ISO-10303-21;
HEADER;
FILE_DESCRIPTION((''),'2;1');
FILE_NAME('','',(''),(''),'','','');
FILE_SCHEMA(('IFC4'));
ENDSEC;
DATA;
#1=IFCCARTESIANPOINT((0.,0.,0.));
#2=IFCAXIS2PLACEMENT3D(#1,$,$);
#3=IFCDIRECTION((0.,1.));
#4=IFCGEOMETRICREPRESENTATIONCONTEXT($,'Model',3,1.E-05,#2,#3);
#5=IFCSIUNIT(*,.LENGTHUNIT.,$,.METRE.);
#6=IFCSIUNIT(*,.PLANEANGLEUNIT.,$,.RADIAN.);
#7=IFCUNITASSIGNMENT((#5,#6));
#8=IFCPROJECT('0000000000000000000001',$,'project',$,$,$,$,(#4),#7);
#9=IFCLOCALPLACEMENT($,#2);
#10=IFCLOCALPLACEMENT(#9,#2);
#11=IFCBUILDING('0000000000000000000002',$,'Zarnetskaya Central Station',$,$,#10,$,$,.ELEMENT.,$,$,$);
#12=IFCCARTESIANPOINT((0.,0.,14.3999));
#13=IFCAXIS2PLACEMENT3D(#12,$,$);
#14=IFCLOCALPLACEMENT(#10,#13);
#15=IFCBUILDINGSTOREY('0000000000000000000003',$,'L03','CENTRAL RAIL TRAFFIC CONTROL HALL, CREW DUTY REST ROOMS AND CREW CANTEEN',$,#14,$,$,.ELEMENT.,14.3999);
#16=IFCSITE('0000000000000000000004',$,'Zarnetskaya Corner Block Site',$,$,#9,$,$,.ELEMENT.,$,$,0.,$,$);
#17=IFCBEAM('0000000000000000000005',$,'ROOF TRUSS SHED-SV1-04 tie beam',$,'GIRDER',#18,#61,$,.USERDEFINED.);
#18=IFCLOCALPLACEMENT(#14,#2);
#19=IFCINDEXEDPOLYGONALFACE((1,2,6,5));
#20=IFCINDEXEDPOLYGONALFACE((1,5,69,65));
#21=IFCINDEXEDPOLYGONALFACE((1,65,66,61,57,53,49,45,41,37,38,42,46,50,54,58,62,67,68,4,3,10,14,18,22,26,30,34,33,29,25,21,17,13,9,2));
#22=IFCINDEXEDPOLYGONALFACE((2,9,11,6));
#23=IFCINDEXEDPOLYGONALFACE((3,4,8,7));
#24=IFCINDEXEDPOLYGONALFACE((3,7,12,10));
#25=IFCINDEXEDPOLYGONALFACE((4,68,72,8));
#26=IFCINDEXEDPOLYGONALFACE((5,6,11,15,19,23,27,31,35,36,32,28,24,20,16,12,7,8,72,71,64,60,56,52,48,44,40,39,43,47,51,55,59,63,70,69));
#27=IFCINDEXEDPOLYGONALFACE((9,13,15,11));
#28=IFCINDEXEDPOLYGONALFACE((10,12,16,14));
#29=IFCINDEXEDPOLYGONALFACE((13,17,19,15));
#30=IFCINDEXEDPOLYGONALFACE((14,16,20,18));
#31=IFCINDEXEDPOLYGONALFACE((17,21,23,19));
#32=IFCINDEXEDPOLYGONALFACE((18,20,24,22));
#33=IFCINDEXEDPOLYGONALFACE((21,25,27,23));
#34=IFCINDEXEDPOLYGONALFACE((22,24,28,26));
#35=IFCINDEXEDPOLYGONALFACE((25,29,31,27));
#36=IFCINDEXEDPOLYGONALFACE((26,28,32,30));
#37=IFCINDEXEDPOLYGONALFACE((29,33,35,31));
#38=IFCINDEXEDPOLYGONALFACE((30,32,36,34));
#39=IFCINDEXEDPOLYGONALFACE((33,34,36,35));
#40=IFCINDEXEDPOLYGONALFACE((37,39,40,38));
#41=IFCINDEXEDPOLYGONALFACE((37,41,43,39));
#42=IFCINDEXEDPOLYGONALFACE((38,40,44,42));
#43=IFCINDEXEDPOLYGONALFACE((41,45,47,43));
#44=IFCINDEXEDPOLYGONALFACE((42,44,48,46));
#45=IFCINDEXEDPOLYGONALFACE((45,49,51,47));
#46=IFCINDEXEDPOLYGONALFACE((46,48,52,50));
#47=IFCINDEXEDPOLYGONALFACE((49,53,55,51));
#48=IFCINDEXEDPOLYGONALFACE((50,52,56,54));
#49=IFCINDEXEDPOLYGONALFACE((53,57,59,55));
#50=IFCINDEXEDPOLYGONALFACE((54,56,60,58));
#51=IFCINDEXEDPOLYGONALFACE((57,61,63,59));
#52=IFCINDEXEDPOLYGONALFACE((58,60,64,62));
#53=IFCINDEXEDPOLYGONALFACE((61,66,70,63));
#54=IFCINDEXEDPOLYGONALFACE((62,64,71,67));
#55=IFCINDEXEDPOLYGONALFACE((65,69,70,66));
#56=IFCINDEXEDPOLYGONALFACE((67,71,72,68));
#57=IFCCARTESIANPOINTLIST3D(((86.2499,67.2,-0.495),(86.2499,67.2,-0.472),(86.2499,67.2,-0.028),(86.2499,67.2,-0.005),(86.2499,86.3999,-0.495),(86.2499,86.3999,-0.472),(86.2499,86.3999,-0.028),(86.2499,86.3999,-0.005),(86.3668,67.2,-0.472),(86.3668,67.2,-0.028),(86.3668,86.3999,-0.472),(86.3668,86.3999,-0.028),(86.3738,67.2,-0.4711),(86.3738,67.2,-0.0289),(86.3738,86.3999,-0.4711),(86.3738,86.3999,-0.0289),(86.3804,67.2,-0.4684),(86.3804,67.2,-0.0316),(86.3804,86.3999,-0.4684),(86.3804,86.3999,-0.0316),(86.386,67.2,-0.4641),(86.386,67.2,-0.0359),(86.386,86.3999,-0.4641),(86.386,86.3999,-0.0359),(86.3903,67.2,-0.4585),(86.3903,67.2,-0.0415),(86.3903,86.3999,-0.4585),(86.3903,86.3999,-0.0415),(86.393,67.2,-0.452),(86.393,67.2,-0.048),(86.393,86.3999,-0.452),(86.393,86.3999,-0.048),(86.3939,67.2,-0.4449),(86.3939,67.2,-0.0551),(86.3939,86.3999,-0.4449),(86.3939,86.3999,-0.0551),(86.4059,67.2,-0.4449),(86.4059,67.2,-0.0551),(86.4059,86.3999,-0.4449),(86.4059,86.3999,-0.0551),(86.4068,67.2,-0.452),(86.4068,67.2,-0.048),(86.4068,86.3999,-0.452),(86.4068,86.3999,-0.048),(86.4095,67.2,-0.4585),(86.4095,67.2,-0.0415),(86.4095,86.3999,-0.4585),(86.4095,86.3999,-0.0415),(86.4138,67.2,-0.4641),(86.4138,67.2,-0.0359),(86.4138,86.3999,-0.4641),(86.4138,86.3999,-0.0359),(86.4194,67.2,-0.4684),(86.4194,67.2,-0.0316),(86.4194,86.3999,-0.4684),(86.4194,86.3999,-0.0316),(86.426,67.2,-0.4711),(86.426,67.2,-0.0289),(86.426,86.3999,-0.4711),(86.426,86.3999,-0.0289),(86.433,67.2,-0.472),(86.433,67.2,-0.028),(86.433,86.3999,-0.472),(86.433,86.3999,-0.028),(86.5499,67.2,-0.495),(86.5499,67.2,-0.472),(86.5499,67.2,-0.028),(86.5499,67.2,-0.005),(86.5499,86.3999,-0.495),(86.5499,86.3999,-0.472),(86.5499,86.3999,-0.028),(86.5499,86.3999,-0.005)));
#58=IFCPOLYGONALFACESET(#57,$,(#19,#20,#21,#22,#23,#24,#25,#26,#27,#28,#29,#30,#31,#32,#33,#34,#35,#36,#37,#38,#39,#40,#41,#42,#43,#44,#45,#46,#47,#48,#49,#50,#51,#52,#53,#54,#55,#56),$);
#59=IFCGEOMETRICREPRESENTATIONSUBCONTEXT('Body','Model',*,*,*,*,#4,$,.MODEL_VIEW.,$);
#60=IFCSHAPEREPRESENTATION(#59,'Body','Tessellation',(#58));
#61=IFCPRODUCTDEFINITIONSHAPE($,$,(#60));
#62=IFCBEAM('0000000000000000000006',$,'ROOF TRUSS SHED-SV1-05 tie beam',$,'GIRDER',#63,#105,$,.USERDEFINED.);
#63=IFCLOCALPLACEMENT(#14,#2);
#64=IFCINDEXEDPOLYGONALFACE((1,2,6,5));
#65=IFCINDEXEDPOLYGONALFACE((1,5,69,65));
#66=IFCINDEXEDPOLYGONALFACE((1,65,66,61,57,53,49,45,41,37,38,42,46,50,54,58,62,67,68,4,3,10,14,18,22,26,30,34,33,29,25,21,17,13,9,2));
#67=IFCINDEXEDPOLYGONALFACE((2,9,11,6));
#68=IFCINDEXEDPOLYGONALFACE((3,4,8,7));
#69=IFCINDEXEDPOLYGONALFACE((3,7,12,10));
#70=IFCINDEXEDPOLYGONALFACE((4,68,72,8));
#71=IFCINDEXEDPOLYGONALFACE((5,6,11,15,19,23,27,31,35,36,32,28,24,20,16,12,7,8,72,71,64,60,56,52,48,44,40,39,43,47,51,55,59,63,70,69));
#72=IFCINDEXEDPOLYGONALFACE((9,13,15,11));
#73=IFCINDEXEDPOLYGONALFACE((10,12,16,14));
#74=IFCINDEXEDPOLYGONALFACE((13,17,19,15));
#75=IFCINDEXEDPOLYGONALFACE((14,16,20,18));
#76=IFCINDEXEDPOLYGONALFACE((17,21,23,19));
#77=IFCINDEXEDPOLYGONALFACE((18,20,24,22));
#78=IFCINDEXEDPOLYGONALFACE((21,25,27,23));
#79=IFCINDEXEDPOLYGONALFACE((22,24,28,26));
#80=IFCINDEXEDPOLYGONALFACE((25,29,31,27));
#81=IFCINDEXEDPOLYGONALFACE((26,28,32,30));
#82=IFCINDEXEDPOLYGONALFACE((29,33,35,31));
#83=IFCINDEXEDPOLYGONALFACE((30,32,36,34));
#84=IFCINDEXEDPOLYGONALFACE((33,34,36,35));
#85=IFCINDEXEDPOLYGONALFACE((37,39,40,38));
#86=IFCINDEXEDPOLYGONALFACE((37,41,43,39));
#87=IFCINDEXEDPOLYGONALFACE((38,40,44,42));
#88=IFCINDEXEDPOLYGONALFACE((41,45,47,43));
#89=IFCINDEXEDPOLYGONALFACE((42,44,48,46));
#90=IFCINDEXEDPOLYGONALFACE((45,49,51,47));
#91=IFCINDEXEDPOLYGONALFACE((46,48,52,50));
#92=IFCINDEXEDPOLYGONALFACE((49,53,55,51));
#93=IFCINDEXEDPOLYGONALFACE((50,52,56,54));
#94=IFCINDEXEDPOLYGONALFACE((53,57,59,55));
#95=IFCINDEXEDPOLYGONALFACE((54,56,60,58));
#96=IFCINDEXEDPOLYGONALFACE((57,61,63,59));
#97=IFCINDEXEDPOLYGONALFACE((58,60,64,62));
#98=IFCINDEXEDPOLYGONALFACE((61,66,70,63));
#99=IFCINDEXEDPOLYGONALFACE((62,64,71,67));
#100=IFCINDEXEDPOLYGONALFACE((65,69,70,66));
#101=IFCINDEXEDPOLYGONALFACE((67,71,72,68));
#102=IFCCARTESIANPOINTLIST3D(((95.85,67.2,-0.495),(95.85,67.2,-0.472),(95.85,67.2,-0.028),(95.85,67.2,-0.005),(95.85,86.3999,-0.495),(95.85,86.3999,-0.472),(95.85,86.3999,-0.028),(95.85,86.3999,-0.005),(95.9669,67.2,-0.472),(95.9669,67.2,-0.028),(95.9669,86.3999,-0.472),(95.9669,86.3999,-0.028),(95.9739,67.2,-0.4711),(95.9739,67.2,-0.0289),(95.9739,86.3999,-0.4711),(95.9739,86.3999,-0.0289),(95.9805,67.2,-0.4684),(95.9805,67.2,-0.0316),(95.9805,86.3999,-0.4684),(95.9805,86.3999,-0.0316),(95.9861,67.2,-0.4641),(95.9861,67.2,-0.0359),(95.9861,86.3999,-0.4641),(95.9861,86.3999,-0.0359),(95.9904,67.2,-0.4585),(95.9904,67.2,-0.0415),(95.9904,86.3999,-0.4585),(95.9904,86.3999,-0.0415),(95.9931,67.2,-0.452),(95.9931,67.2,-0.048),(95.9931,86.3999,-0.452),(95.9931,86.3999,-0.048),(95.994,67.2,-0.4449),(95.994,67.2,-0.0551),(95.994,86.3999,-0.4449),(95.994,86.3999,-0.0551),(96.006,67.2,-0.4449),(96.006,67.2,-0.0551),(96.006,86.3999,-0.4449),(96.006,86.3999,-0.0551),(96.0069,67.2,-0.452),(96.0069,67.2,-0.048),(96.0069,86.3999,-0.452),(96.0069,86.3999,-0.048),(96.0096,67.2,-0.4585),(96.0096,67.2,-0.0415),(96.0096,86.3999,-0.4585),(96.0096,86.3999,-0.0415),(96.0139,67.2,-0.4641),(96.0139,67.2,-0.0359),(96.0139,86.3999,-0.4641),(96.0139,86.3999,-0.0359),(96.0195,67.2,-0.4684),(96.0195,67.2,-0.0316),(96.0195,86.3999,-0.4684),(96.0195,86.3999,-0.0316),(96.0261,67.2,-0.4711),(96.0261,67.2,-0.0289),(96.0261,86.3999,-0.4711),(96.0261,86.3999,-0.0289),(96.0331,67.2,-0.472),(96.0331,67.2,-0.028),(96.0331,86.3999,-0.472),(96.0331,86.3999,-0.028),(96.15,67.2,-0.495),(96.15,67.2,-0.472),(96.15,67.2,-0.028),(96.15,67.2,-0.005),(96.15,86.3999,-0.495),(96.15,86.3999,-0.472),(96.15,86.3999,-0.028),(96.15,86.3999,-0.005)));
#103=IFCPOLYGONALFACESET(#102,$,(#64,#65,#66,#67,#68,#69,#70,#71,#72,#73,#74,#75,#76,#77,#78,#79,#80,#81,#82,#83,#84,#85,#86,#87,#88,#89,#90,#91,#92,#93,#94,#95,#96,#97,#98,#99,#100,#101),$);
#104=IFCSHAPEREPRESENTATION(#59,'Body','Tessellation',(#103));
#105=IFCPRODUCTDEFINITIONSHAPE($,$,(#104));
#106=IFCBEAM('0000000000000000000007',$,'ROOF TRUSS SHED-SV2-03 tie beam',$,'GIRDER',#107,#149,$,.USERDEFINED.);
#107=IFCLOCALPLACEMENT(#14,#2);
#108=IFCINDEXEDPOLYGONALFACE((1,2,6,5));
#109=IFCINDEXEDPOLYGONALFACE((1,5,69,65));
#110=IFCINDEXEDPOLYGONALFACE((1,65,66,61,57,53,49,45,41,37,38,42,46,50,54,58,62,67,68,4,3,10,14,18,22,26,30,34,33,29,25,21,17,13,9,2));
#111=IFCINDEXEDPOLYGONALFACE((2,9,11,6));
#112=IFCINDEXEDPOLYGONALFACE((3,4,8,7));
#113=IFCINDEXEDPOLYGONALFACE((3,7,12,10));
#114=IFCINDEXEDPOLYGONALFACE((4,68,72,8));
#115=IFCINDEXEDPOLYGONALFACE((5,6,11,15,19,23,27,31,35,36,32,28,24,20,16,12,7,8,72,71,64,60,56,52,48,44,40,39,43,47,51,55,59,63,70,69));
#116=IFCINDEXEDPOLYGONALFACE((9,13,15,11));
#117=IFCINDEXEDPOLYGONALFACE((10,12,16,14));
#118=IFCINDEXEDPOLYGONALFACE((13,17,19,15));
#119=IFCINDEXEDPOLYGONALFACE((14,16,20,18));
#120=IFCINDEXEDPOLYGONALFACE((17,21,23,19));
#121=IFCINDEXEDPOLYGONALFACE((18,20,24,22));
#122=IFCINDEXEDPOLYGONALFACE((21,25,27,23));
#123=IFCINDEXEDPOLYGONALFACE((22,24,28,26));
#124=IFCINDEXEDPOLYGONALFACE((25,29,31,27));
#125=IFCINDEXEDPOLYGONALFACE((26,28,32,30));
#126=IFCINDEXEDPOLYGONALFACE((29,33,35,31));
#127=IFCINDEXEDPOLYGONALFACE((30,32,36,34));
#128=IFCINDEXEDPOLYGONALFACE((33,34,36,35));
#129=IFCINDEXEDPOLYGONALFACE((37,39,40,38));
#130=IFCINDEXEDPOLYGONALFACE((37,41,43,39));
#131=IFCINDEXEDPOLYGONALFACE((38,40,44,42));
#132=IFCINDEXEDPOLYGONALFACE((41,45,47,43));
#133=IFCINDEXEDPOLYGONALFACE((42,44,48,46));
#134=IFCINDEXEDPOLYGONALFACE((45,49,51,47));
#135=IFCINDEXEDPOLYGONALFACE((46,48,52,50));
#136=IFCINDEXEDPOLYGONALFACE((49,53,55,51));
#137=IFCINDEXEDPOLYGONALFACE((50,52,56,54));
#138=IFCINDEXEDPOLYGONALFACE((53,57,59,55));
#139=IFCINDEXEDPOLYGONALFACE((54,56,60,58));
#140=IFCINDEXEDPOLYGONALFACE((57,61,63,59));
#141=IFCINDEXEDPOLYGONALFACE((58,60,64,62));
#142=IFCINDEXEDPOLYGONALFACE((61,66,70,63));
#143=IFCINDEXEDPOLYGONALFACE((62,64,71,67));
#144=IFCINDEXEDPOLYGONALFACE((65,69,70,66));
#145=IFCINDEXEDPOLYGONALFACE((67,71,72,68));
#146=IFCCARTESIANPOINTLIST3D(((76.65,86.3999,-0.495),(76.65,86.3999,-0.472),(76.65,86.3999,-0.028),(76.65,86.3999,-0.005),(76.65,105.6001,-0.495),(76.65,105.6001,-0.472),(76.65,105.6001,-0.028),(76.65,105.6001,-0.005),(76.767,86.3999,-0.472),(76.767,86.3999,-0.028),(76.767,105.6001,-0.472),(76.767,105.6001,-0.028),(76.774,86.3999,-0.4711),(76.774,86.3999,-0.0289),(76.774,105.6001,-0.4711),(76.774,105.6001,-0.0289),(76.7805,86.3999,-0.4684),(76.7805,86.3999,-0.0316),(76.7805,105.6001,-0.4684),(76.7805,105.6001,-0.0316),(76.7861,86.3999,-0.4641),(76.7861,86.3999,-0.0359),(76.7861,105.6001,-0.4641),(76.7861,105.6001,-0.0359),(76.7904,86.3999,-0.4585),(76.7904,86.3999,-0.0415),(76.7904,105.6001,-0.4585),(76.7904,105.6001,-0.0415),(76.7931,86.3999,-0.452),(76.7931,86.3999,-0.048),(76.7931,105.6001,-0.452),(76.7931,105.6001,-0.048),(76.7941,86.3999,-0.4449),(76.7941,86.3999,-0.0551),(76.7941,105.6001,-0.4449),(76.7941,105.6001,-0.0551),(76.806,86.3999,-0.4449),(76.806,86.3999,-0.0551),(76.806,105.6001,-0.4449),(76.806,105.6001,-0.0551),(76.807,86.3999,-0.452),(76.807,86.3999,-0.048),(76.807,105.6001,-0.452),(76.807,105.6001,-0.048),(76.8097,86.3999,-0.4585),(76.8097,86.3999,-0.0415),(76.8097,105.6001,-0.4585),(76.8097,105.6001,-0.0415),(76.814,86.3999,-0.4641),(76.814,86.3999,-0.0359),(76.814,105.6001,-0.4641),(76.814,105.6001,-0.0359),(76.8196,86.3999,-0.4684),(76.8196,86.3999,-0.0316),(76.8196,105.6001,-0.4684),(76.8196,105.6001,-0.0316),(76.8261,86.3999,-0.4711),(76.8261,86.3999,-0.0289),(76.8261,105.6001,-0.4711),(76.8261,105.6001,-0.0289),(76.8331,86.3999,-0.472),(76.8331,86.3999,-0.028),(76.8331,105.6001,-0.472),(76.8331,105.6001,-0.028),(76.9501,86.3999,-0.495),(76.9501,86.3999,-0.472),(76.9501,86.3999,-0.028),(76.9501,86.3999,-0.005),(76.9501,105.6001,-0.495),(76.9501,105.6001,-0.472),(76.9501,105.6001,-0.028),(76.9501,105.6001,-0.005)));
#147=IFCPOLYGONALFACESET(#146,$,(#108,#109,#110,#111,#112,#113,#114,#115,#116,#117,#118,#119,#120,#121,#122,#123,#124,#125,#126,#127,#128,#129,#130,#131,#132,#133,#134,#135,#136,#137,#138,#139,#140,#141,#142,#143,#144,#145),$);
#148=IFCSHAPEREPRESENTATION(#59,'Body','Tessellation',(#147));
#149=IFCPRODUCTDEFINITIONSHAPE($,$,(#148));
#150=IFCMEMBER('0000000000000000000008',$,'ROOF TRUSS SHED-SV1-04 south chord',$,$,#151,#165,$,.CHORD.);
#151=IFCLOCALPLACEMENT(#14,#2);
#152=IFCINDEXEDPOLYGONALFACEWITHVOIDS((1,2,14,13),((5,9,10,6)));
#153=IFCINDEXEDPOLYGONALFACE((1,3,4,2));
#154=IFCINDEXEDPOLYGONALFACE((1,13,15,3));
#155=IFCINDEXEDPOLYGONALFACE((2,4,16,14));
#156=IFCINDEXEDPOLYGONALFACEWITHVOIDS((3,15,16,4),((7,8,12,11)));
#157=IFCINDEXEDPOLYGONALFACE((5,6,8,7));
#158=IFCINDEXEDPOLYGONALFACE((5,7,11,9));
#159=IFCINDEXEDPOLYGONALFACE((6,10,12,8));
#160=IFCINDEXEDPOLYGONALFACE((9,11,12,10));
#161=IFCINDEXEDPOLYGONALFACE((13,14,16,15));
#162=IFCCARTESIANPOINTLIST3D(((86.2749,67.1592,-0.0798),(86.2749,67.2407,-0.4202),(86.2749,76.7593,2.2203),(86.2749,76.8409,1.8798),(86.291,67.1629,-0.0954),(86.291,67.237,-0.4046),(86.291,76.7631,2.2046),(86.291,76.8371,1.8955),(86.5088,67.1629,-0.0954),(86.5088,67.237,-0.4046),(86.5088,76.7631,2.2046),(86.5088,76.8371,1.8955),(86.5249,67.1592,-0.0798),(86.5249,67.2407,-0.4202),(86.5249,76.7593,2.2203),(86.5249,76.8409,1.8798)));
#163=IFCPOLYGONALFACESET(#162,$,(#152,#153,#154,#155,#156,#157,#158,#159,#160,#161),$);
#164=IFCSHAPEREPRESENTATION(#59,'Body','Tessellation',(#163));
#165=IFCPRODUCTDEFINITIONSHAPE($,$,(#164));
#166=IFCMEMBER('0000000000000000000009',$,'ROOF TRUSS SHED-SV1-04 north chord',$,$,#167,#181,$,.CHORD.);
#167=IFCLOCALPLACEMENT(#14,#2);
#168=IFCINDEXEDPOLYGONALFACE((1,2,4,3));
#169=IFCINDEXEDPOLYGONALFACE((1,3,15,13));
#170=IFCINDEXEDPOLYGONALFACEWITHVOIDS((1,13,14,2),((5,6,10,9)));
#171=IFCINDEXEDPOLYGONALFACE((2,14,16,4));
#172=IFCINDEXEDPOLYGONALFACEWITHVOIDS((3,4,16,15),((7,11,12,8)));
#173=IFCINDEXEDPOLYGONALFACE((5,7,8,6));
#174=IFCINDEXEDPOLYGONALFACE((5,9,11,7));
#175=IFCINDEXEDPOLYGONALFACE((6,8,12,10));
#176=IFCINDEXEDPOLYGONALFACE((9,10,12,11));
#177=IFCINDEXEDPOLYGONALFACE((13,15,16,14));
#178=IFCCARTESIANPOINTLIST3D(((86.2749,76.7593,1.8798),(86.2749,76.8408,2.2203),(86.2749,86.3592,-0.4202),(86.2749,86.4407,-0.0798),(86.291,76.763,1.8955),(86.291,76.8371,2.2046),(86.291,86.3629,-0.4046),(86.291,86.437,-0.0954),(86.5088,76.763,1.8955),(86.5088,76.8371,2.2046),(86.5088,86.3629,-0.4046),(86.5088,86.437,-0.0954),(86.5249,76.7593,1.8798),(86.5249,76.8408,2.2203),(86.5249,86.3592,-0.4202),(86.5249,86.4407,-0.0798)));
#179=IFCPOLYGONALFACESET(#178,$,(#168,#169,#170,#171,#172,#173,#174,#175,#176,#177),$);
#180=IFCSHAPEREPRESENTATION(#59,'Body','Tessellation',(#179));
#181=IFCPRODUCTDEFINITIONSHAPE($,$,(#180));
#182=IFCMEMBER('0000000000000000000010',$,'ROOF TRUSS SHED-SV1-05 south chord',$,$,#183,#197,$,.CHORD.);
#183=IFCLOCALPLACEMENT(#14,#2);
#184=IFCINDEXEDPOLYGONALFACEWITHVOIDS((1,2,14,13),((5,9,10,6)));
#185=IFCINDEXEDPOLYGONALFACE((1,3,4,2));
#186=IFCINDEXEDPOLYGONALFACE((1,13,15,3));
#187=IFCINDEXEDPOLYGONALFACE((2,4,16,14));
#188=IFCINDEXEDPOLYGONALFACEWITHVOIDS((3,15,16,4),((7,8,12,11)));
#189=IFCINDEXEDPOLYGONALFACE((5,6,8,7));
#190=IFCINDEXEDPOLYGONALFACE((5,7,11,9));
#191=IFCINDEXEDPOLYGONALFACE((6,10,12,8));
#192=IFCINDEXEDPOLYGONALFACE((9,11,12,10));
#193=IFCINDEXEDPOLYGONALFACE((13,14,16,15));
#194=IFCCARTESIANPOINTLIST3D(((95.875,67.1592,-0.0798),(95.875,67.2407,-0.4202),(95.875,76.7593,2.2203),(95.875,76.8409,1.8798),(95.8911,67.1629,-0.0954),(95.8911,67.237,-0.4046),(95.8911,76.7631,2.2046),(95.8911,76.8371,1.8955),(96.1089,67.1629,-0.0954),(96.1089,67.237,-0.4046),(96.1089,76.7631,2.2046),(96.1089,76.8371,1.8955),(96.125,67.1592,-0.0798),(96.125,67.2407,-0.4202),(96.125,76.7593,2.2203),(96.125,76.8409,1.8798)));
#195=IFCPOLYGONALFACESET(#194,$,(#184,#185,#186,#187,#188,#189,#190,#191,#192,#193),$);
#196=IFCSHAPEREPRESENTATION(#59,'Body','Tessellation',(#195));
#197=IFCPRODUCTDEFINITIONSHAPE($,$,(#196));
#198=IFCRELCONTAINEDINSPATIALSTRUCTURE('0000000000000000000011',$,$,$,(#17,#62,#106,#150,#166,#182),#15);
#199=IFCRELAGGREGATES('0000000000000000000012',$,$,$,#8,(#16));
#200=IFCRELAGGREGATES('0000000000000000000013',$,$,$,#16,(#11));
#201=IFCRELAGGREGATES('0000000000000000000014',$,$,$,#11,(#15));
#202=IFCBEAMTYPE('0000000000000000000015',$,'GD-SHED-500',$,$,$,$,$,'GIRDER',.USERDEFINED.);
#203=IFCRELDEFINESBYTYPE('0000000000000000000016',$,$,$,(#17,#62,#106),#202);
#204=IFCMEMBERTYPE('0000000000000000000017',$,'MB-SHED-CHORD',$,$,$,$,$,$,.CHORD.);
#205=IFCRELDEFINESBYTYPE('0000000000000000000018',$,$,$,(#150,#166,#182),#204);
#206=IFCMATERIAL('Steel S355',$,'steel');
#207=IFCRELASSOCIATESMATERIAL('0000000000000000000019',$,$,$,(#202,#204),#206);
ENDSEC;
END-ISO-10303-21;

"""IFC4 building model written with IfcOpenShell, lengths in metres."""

from ifc_helpers import new_model, si_unit, direction, frame, origin, origin_2d, place, context, subcontext, project, spatial, hollow_rectangle, i_section, extrude, material, material_profile, profile_set, type_object, element, save


model = new_model("IFC4")

# Units and contexts
model_context = context("Model", 3, precision=1e-05, world=origin(), true_north=direction((0.0, 1.0)))
body_context = subcontext(model_context, "Body", "Model", "MODEL_VIEW")
ifc_project = project(units=[si_unit("LENGTHUNIT", "METRE"), si_unit("PLANEANGLEUNIT", "RADIAN")], contexts=[model_context])

# Site, building, storey
site_placement = place(None, origin())
site = spatial("IfcSite", under=ifc_project, at=site_placement, Name="Zarnetskaya Corner Block Site", CompositionType="ELEMENT", RefElevation=0.0)
building_placement = place(site_placement, origin())
building = spatial("IfcBuilding", under=site, at=building_placement, Name="Zarnetskaya Central Station", CompositionType="ELEMENT")
storey_placement = place(building_placement, frame((0.0, 0.0, 14.3999)))
storey = spatial("IfcBuildingStorey", under=building, at=storey_placement, Name="L03", Description="CENTRAL RAIL TRAFFIC CONTROL HALL, CREW DUTY REST ROOMS AND CREW CANTEEN", CompositionType="ELEMENT", Elevation=14.3999)

# Beams
ifc_material_1 = material(Name="Steel S355", Category="steel")
ifc_material_profile_1 = material_profile(ifc_material_1, i_section(OverallWidth=0.3, OverallDepth=0.49, WebThickness=0.012, FlangeThickness=0.0229, FilletRadius=0.0271, at=origin_2d()), Name="HEA 500")
ifc_profile_set_1 = profile_set([ifc_material_profile_1], Name="Steel S355")
beam_type = type_object("IfcBeamType", Name="GD-SHED-500", ElementType="GIRDER", PredefinedType="USERDEFINED", material=ifc_profile_set_1)
for number, where, z_axis, x_axis, name in (
    (1, (86.3999, 67.2, -0.25), (0.0, 1.0, 0.0), (-1.0, 0.0, 0.0), "ROOF TRUSS SHED-SV1-04 tie beam"),
    (2, (96.0, 67.2, -0.25), (0.0, 1.0, 0.0), (-1.0, 0.0, 0.0), "ROOF TRUSS SHED-SV1-05 tie beam"),
):
    element("IfcBeam", number, at=place(storey_placement, frame(where, z_axis=z_axis, x_axis=x_axis)), inside=storey, type_object=beam_type, Name=name, ObjectType="GIRDER", PredefinedType="USERDEFINED", context=body_context, shape_type="SweptSolid", body=[
        extrude(i_section(OverallWidth=0.3, OverallDepth=0.49, WebThickness=0.012, FlangeThickness=0.0229, FilletRadius=0.0271, at=origin_2d()), origin(), (0.0, 0.0, 1.0), 19.2),
    ])
beam_placement = place(storey_placement, frame((76.8, 86.3999, -0.25), z_axis=(0.0, 1.0, 0.0), x_axis=(-1.0, 0.0, 0.0)))
element("IfcBeam", 3, at=beam_placement, inside=storey, type_object=beam_type, Name="ROOF TRUSS SHED-SV2-03 tie beam", ObjectType="GIRDER", PredefinedType="USERDEFINED", context=body_context, shape_type="SweptSolid", body=[
    extrude(i_section(OverallWidth=0.3, OverallDepth=0.49, WebThickness=0.012, FlangeThickness=0.0229, FilletRadius=0.0271, at=origin_2d()), origin(), (0.0, 0.0, 1.0), 19.2002),
])

# Members
ifc_material_profile_2 = material_profile(ifc_material_1, hollow_rectangle(XDim=0.25, YDim=0.3501, WallThickness=0.0161, at=origin_2d()), Name="RHS 350x250x16")
ifc_profile_set_2 = profile_set([ifc_material_profile_2], Name="Steel S355")
member_type_1 = type_object("IfcMemberType", Name="MB-SHED-CHORD", PredefinedType="CHORD", material=ifc_profile_set_2)
member_1_placement = place(storey_placement, frame((86.3999, 67.2, -0.25), z_axis=(0.0, 0.972479, 0.232992), x_axis=(-1.0, 0.0, 0.0)))
element("IfcMember", 4, at=member_1_placement, inside=storey, type_object=member_type_1, Name="ROOF TRUSS SHED-SV1-04 south chord", PredefinedType="CHORD", context=body_context, shape_type="SweptSolid", body=[
    extrude(hollow_rectangle(XDim=0.25, YDim=0.3501, WallThickness=0.0161, at=origin_2d()), origin(), (0.0, 0.0, 1.0), 9.8718),
])
member_2_placement = place(storey_placement, frame((86.3999, 76.8, 2.05), z_axis=(0.0, 0.972477, -0.232998), x_axis=(-1.0, 0.0, 0.0)))
element("IfcMember", 5, at=member_2_placement, inside=storey, type_object=member_type_1, Name="ROOF TRUSS SHED-SV1-04 north chord", PredefinedType="CHORD", context=body_context, shape_type="SweptSolid", body=[
    extrude(hollow_rectangle(XDim=0.25, YDim=0.3501, WallThickness=0.0161, at=origin_2d()), origin(), (0.0, 0.0, 1.0), 9.8716),
])
member_3_placement = place(storey_placement, frame((96.0, 67.2, -0.25), z_axis=(0.0, 0.972479, 0.232992), x_axis=(-1.0, 0.0, 0.0)))
element("IfcMember", 6, at=member_3_placement, inside=storey, type_object=member_type_1, Name="ROOF TRUSS SHED-SV1-05 south chord", PredefinedType="CHORD", context=body_context, shape_type="SweptSolid", body=[
    extrude(hollow_rectangle(XDim=0.25, YDim=0.3501, WallThickness=0.0161, at=origin_2d()), origin(), (0.0, 0.0, 1.0), 9.8718),
])

save(model, "model.ifc")
